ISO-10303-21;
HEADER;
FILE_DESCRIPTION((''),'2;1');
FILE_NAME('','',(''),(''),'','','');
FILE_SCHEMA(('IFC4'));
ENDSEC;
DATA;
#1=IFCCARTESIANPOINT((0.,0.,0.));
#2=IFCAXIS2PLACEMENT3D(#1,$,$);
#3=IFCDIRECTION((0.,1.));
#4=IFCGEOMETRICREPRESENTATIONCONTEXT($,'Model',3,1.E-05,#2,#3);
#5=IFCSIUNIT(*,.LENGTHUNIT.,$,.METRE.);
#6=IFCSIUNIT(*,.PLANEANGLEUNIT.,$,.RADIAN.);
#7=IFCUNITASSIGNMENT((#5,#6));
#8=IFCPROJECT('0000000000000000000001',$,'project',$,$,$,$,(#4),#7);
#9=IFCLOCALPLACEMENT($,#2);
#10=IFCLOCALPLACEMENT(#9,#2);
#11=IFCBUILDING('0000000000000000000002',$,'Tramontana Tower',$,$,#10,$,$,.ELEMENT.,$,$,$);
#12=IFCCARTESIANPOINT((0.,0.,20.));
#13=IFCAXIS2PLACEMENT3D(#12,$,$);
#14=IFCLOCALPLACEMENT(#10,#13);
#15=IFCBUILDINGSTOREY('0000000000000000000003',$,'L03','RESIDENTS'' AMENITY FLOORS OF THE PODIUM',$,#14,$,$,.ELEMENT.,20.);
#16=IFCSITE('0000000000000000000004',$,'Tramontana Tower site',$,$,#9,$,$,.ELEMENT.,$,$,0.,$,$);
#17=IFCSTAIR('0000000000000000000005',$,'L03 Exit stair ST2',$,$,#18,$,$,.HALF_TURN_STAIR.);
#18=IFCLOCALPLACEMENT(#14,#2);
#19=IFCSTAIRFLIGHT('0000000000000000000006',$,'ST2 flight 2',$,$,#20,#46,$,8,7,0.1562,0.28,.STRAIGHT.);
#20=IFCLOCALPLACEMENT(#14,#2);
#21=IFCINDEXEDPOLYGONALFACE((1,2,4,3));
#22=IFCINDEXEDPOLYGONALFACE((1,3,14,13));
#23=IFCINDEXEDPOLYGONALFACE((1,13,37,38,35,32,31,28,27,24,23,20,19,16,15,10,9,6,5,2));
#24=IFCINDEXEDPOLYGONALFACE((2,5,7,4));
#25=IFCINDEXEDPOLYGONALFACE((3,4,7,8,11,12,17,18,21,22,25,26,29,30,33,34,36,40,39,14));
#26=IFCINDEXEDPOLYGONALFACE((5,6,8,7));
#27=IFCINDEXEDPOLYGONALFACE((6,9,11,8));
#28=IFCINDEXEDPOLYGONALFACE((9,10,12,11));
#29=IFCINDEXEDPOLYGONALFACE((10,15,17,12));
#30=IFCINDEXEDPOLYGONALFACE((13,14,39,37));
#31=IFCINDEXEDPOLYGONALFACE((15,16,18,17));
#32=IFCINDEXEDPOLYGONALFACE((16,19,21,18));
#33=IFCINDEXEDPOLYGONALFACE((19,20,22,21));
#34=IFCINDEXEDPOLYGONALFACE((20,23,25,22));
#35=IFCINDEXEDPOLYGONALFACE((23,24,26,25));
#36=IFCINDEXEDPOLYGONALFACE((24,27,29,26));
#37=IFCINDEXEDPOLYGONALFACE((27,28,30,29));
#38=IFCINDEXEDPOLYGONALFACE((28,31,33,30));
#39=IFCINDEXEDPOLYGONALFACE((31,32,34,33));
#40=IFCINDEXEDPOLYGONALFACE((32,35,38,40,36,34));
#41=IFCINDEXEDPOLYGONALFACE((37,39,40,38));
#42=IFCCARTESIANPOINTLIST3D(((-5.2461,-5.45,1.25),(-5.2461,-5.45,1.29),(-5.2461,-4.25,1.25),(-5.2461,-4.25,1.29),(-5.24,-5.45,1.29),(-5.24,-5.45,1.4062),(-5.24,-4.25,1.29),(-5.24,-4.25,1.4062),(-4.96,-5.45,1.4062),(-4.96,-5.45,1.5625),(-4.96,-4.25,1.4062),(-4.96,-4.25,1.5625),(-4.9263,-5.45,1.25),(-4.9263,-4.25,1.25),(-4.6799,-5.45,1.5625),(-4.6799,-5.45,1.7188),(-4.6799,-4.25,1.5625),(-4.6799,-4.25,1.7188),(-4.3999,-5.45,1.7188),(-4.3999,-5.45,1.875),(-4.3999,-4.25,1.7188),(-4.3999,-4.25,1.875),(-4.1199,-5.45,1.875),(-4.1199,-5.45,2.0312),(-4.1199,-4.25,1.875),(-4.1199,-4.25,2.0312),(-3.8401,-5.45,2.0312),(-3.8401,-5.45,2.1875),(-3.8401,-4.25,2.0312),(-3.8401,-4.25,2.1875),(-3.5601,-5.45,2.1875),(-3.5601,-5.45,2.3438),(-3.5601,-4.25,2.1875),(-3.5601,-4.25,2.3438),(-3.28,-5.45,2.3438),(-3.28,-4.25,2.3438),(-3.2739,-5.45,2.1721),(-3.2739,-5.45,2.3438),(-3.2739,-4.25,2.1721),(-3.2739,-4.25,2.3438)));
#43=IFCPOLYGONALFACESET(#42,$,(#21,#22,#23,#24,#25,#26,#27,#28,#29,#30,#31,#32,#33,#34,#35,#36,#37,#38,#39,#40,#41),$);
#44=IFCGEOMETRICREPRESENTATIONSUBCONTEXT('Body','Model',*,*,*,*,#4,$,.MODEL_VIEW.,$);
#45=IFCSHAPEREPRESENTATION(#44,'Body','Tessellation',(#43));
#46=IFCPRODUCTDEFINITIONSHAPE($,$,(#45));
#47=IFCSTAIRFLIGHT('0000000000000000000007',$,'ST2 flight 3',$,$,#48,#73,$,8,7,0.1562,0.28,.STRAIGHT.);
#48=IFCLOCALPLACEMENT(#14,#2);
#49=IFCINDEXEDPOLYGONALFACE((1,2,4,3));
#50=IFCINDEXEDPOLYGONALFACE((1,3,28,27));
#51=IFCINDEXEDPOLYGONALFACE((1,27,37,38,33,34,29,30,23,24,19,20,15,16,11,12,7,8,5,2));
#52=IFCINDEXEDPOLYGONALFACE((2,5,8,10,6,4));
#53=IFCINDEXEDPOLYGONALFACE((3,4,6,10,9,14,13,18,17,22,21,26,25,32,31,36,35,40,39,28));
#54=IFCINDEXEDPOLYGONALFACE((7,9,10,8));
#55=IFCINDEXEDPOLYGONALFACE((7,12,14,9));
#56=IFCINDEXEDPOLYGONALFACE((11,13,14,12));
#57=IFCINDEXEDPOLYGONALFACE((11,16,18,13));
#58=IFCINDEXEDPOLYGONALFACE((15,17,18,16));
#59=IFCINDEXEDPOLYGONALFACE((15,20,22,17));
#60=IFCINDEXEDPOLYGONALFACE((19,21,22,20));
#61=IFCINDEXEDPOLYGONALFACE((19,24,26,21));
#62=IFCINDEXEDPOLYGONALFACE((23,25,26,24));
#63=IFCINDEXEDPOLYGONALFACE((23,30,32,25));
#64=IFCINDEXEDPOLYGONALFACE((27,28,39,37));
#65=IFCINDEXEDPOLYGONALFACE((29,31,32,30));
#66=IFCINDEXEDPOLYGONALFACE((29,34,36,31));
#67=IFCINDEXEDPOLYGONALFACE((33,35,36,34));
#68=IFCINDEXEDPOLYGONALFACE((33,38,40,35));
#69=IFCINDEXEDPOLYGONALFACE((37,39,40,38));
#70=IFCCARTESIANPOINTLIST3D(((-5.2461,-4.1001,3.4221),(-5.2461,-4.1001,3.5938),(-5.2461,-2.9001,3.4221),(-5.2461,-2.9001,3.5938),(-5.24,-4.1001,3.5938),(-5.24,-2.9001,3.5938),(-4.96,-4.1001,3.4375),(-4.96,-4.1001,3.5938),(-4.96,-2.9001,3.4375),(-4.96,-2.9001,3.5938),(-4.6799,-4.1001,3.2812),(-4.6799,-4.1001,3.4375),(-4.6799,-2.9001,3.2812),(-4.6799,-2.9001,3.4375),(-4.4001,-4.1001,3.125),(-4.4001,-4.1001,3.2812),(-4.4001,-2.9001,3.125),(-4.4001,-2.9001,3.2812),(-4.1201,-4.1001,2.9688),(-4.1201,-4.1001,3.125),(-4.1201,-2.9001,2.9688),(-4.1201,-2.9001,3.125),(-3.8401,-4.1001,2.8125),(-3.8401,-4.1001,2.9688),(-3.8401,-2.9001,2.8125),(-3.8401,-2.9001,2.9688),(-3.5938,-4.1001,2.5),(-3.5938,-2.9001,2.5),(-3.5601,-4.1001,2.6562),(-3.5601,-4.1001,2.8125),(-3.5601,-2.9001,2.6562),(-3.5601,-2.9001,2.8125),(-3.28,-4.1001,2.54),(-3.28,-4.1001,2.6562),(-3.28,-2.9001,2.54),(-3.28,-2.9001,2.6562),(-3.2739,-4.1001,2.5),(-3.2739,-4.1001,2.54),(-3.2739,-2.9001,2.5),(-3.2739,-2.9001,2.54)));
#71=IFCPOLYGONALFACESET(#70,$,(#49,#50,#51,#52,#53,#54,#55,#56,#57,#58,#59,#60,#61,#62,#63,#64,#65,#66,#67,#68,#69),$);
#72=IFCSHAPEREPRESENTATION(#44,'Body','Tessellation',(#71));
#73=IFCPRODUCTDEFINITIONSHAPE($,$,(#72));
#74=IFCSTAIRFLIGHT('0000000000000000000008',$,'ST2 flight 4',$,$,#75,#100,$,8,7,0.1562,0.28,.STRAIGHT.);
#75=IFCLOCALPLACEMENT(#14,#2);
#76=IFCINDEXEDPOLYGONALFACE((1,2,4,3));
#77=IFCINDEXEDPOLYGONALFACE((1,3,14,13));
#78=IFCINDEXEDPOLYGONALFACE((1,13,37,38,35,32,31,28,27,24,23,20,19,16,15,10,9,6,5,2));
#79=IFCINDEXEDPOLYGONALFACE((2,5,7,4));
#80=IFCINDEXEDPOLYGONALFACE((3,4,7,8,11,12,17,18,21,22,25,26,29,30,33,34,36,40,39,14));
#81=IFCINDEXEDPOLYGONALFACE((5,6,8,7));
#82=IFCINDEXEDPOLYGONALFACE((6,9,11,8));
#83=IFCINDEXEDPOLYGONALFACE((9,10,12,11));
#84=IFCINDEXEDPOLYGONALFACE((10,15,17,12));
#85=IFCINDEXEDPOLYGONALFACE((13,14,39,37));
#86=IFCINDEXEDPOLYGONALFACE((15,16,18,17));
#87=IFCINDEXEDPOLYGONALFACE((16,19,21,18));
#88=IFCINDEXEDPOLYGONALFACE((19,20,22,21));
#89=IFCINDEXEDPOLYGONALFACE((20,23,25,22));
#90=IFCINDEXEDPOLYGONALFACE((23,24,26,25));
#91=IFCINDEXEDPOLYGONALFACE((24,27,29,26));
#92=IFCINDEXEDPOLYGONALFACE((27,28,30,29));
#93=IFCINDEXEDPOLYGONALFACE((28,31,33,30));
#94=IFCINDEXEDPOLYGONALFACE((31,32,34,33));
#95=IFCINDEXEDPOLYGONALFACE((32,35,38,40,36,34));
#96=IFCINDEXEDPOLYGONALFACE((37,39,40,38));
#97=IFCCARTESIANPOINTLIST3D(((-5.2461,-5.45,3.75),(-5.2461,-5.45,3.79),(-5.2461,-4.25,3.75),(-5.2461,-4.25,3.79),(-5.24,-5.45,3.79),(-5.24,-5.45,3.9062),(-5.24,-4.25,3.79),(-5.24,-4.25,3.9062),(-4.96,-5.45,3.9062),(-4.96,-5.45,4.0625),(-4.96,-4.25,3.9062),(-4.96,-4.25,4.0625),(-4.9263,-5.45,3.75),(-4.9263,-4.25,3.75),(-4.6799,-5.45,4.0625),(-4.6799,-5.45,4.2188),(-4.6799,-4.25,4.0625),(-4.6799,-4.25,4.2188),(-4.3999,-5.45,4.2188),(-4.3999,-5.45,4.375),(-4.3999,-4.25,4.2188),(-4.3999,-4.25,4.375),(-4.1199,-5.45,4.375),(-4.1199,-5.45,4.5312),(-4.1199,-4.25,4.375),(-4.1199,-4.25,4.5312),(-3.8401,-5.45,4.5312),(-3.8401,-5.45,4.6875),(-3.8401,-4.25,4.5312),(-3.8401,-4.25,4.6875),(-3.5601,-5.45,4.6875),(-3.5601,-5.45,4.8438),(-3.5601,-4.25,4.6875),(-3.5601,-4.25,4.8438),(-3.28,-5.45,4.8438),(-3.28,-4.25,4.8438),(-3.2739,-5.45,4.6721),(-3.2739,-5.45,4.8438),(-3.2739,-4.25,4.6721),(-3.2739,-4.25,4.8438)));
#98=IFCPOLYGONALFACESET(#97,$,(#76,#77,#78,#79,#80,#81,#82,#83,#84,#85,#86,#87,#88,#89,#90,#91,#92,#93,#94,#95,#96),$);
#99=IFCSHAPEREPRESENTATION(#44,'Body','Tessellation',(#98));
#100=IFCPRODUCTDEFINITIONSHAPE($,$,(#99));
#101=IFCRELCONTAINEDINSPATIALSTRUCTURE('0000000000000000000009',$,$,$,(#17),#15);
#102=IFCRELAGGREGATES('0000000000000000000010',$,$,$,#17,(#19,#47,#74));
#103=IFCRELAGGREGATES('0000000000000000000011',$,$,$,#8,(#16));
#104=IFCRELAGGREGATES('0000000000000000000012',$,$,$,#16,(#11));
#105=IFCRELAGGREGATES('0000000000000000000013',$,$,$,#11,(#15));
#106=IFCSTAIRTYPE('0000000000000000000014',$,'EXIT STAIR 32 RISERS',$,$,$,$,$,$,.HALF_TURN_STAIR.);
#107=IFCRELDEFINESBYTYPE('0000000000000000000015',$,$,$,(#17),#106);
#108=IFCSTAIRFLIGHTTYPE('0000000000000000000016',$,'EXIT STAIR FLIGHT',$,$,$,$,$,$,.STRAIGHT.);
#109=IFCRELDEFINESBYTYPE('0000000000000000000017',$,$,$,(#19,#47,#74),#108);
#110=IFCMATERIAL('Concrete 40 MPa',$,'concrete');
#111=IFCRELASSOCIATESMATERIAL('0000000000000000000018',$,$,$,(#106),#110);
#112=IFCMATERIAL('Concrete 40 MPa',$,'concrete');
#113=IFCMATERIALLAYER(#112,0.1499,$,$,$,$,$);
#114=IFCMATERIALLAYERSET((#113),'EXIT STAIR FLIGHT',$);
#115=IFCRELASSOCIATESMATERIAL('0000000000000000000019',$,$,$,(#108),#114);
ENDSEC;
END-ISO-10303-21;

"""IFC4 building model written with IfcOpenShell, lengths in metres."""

from ifc_helpers import new_model, si_unit, direction, frame, origin, place, context, subcontext, project, spatial, polyline, outline, extrude, material, layer, layer_set, type_object, element, aggregate, save


model = new_model("IFC4")

# Units and contexts
model_context = context("Model", 3, precision=1e-05, world=origin(), true_north=direction((0.0, 1.0)))
body_context = subcontext(model_context, "Body", "Model", "MODEL_VIEW")
ifc_project = project(units=[si_unit("LENGTHUNIT", "METRE"), si_unit("PLANEANGLEUNIT", "RADIAN")], contexts=[model_context])

# Site, building, storey
site_placement = place(None, origin())
site = spatial("IfcSite", under=ifc_project, at=site_placement, Name="Tramontana Tower site", CompositionType="ELEMENT", RefElevation=0.0)
building_placement = place(site_placement, origin())
building = spatial("IfcBuilding", under=site, at=building_placement, Name="Tramontana Tower", CompositionType="ELEMENT")
storey_placement = place(building_placement, frame((0.0, 0.0, 20.0)))
storey = spatial("IfcBuildingStorey", under=building, at=storey_placement, Name="L03", Description="RESIDENTS' AMENITY FLOORS OF THE PODIUM", CompositionType="ELEMENT", Elevation=20.0)

# Stair, stair flights
ifc_material_1 = material(Name="Concrete 40 MPa", Category="concrete")
stair_type = type_object("IfcStairType", Name="EXIT STAIR 32 RISERS", PredefinedType="HALF_TURN_STAIR", material=ifc_material_1)
stair_placement = place(storey_placement, origin())
stair = element("IfcStair", 1, at=stair_placement, inside=storey, type_object=stair_type, Name="L03 Exit stair ST2", PredefinedType="HALF_TURN_STAIR")
ifc_material_2 = material(Name="Concrete 40 MPa", Category="concrete")
ifc_layer_1 = layer(ifc_material_2, 0.1499)
ifc_layer_set_1 = layer_set([ifc_layer_1], Name="EXIT STAIR FLIGHT")
stair_flight_type = type_object("IfcStairFlightType", Name="EXIT STAIR FLIGHT", PredefinedType="STRAIGHT", material=ifc_layer_set_1)
stair_flight_1_placement = place(storey_placement, frame((-5.24, -4.8501, 1.25), z_axis=(0.0, 0.0, 1.0), x_axis=(1.0, 0.0, 0.0)))
stair_flight_1 = element("IfcStairFlight", 2, at=stair_flight_1_placement, type_object=stair_flight_type, Name="ST2 flight 2", NumberOfRisers=8, NumberOfTreads=7, PredefinedType="STRAIGHT", RiserHeight=0.1562, TreadLength=0.28, context=body_context, shape_type="SweptSolid", body=[
    extrude(outline(polyline([(-0.0061, 0.0), (-0.0061, 0.04), (0.0, 0.04), (0.0, 0.1562), (0.28, 0.1562), (0.28, 0.3125), (0.5601, 0.3125), (0.5601, 0.4688), (0.8401, 0.4688), (0.8401, 0.625), (1.1201, 0.625), (1.1201, 0.7812), (1.3999, 0.7812), (1.3999, 0.9375), (1.6799, 0.9375), (1.6799, 1.0938), (1.96, 1.0938), (1.9661, 1.0938), (1.9661, 0.9221), (0.3137, 0.0), (-0.0061, 0.0)])), frame((0.0, 0.6001, 0.0), z_axis=(0.0, -1.0, 0.0), x_axis=(1.0, 0.0, 0.0)), (0.0, 0.0, 1.0), 1.2),
])
stair_flight_2_placement = place(storey_placement, frame((-3.28, -3.5, 2.5), z_axis=(0.0, 0.0, 1.0), x_axis=(-1.0, 0.0, 0.0)))
stair_flight_2 = element("IfcStairFlight", 3, at=stair_flight_2_placement, type_object=stair_flight_type, Name="ST2 flight 3", NumberOfRisers=8, NumberOfTreads=7, PredefinedType="STRAIGHT", RiserHeight=0.1562, TreadLength=0.28, context=body_context, shape_type="SweptSolid", body=[
    extrude(outline(polyline([(-0.0061, 0.0), (-0.0061, 0.04), (0.0, 0.04), (0.0, 0.1562), (0.28, 0.1562), (0.28, 0.3125), (0.5601, 0.3125), (0.5601, 0.4688), (0.8401, 0.4688), (0.8401, 0.625), (1.1201, 0.625), (1.1201, 0.7812), (1.3999, 0.7812), (1.3999, 0.9375), (1.6799, 0.9375), (1.6799, 1.0938), (1.96, 1.0938), (1.9661, 1.0938), (1.9661, 0.9221), (0.3137, 0.0), (-0.0061, 0.0)])), frame((0.0, 0.6001, 0.0), z_axis=(0.0, -1.0, 0.0), x_axis=(1.0, 0.0, 0.0)), (0.0, 0.0, 1.0), 1.2),
])
stair_flight_3_placement = place(storey_placement, frame((-5.24, -4.8501, 3.75), z_axis=(0.0, 0.0, 1.0), x_axis=(1.0, 0.0, 0.0)))
stair_flight_3 = element("IfcStairFlight", 4, at=stair_flight_3_placement, type_object=stair_flight_type, Name="ST2 flight 4", NumberOfRisers=8, NumberOfTreads=7, PredefinedType="STRAIGHT", RiserHeight=0.1562, TreadLength=0.28, context=body_context, shape_type="SweptSolid", body=[
    extrude(outline(polyline([(-0.0061, 0.0), (-0.0061, 0.04), (0.0, 0.04), (0.0, 0.1562), (0.28, 0.1562), (0.28, 0.3125), (0.5601, 0.3125), (0.5601, 0.4688), (0.8401, 0.4688), (0.8401, 0.625), (1.1201, 0.625), (1.1201, 0.7812), (1.3999, 0.7812), (1.3999, 0.9375), (1.6799, 0.9375), (1.6799, 1.0938), (1.96, 1.0938), (1.9661, 1.0938), (1.9661, 0.9221), (0.3137, 0.0), (-0.0061, 0.0)])), frame((0.0, 0.6001, 0.0), z_axis=(0.0, -1.0, 0.0), x_axis=(1.0, 0.0, 0.0)), (0.0, 0.0, 1.0), 1.2),
])
aggregate(stair, [stair_flight_1, stair_flight_2, stair_flight_3])

save(model, "model.ifc")
